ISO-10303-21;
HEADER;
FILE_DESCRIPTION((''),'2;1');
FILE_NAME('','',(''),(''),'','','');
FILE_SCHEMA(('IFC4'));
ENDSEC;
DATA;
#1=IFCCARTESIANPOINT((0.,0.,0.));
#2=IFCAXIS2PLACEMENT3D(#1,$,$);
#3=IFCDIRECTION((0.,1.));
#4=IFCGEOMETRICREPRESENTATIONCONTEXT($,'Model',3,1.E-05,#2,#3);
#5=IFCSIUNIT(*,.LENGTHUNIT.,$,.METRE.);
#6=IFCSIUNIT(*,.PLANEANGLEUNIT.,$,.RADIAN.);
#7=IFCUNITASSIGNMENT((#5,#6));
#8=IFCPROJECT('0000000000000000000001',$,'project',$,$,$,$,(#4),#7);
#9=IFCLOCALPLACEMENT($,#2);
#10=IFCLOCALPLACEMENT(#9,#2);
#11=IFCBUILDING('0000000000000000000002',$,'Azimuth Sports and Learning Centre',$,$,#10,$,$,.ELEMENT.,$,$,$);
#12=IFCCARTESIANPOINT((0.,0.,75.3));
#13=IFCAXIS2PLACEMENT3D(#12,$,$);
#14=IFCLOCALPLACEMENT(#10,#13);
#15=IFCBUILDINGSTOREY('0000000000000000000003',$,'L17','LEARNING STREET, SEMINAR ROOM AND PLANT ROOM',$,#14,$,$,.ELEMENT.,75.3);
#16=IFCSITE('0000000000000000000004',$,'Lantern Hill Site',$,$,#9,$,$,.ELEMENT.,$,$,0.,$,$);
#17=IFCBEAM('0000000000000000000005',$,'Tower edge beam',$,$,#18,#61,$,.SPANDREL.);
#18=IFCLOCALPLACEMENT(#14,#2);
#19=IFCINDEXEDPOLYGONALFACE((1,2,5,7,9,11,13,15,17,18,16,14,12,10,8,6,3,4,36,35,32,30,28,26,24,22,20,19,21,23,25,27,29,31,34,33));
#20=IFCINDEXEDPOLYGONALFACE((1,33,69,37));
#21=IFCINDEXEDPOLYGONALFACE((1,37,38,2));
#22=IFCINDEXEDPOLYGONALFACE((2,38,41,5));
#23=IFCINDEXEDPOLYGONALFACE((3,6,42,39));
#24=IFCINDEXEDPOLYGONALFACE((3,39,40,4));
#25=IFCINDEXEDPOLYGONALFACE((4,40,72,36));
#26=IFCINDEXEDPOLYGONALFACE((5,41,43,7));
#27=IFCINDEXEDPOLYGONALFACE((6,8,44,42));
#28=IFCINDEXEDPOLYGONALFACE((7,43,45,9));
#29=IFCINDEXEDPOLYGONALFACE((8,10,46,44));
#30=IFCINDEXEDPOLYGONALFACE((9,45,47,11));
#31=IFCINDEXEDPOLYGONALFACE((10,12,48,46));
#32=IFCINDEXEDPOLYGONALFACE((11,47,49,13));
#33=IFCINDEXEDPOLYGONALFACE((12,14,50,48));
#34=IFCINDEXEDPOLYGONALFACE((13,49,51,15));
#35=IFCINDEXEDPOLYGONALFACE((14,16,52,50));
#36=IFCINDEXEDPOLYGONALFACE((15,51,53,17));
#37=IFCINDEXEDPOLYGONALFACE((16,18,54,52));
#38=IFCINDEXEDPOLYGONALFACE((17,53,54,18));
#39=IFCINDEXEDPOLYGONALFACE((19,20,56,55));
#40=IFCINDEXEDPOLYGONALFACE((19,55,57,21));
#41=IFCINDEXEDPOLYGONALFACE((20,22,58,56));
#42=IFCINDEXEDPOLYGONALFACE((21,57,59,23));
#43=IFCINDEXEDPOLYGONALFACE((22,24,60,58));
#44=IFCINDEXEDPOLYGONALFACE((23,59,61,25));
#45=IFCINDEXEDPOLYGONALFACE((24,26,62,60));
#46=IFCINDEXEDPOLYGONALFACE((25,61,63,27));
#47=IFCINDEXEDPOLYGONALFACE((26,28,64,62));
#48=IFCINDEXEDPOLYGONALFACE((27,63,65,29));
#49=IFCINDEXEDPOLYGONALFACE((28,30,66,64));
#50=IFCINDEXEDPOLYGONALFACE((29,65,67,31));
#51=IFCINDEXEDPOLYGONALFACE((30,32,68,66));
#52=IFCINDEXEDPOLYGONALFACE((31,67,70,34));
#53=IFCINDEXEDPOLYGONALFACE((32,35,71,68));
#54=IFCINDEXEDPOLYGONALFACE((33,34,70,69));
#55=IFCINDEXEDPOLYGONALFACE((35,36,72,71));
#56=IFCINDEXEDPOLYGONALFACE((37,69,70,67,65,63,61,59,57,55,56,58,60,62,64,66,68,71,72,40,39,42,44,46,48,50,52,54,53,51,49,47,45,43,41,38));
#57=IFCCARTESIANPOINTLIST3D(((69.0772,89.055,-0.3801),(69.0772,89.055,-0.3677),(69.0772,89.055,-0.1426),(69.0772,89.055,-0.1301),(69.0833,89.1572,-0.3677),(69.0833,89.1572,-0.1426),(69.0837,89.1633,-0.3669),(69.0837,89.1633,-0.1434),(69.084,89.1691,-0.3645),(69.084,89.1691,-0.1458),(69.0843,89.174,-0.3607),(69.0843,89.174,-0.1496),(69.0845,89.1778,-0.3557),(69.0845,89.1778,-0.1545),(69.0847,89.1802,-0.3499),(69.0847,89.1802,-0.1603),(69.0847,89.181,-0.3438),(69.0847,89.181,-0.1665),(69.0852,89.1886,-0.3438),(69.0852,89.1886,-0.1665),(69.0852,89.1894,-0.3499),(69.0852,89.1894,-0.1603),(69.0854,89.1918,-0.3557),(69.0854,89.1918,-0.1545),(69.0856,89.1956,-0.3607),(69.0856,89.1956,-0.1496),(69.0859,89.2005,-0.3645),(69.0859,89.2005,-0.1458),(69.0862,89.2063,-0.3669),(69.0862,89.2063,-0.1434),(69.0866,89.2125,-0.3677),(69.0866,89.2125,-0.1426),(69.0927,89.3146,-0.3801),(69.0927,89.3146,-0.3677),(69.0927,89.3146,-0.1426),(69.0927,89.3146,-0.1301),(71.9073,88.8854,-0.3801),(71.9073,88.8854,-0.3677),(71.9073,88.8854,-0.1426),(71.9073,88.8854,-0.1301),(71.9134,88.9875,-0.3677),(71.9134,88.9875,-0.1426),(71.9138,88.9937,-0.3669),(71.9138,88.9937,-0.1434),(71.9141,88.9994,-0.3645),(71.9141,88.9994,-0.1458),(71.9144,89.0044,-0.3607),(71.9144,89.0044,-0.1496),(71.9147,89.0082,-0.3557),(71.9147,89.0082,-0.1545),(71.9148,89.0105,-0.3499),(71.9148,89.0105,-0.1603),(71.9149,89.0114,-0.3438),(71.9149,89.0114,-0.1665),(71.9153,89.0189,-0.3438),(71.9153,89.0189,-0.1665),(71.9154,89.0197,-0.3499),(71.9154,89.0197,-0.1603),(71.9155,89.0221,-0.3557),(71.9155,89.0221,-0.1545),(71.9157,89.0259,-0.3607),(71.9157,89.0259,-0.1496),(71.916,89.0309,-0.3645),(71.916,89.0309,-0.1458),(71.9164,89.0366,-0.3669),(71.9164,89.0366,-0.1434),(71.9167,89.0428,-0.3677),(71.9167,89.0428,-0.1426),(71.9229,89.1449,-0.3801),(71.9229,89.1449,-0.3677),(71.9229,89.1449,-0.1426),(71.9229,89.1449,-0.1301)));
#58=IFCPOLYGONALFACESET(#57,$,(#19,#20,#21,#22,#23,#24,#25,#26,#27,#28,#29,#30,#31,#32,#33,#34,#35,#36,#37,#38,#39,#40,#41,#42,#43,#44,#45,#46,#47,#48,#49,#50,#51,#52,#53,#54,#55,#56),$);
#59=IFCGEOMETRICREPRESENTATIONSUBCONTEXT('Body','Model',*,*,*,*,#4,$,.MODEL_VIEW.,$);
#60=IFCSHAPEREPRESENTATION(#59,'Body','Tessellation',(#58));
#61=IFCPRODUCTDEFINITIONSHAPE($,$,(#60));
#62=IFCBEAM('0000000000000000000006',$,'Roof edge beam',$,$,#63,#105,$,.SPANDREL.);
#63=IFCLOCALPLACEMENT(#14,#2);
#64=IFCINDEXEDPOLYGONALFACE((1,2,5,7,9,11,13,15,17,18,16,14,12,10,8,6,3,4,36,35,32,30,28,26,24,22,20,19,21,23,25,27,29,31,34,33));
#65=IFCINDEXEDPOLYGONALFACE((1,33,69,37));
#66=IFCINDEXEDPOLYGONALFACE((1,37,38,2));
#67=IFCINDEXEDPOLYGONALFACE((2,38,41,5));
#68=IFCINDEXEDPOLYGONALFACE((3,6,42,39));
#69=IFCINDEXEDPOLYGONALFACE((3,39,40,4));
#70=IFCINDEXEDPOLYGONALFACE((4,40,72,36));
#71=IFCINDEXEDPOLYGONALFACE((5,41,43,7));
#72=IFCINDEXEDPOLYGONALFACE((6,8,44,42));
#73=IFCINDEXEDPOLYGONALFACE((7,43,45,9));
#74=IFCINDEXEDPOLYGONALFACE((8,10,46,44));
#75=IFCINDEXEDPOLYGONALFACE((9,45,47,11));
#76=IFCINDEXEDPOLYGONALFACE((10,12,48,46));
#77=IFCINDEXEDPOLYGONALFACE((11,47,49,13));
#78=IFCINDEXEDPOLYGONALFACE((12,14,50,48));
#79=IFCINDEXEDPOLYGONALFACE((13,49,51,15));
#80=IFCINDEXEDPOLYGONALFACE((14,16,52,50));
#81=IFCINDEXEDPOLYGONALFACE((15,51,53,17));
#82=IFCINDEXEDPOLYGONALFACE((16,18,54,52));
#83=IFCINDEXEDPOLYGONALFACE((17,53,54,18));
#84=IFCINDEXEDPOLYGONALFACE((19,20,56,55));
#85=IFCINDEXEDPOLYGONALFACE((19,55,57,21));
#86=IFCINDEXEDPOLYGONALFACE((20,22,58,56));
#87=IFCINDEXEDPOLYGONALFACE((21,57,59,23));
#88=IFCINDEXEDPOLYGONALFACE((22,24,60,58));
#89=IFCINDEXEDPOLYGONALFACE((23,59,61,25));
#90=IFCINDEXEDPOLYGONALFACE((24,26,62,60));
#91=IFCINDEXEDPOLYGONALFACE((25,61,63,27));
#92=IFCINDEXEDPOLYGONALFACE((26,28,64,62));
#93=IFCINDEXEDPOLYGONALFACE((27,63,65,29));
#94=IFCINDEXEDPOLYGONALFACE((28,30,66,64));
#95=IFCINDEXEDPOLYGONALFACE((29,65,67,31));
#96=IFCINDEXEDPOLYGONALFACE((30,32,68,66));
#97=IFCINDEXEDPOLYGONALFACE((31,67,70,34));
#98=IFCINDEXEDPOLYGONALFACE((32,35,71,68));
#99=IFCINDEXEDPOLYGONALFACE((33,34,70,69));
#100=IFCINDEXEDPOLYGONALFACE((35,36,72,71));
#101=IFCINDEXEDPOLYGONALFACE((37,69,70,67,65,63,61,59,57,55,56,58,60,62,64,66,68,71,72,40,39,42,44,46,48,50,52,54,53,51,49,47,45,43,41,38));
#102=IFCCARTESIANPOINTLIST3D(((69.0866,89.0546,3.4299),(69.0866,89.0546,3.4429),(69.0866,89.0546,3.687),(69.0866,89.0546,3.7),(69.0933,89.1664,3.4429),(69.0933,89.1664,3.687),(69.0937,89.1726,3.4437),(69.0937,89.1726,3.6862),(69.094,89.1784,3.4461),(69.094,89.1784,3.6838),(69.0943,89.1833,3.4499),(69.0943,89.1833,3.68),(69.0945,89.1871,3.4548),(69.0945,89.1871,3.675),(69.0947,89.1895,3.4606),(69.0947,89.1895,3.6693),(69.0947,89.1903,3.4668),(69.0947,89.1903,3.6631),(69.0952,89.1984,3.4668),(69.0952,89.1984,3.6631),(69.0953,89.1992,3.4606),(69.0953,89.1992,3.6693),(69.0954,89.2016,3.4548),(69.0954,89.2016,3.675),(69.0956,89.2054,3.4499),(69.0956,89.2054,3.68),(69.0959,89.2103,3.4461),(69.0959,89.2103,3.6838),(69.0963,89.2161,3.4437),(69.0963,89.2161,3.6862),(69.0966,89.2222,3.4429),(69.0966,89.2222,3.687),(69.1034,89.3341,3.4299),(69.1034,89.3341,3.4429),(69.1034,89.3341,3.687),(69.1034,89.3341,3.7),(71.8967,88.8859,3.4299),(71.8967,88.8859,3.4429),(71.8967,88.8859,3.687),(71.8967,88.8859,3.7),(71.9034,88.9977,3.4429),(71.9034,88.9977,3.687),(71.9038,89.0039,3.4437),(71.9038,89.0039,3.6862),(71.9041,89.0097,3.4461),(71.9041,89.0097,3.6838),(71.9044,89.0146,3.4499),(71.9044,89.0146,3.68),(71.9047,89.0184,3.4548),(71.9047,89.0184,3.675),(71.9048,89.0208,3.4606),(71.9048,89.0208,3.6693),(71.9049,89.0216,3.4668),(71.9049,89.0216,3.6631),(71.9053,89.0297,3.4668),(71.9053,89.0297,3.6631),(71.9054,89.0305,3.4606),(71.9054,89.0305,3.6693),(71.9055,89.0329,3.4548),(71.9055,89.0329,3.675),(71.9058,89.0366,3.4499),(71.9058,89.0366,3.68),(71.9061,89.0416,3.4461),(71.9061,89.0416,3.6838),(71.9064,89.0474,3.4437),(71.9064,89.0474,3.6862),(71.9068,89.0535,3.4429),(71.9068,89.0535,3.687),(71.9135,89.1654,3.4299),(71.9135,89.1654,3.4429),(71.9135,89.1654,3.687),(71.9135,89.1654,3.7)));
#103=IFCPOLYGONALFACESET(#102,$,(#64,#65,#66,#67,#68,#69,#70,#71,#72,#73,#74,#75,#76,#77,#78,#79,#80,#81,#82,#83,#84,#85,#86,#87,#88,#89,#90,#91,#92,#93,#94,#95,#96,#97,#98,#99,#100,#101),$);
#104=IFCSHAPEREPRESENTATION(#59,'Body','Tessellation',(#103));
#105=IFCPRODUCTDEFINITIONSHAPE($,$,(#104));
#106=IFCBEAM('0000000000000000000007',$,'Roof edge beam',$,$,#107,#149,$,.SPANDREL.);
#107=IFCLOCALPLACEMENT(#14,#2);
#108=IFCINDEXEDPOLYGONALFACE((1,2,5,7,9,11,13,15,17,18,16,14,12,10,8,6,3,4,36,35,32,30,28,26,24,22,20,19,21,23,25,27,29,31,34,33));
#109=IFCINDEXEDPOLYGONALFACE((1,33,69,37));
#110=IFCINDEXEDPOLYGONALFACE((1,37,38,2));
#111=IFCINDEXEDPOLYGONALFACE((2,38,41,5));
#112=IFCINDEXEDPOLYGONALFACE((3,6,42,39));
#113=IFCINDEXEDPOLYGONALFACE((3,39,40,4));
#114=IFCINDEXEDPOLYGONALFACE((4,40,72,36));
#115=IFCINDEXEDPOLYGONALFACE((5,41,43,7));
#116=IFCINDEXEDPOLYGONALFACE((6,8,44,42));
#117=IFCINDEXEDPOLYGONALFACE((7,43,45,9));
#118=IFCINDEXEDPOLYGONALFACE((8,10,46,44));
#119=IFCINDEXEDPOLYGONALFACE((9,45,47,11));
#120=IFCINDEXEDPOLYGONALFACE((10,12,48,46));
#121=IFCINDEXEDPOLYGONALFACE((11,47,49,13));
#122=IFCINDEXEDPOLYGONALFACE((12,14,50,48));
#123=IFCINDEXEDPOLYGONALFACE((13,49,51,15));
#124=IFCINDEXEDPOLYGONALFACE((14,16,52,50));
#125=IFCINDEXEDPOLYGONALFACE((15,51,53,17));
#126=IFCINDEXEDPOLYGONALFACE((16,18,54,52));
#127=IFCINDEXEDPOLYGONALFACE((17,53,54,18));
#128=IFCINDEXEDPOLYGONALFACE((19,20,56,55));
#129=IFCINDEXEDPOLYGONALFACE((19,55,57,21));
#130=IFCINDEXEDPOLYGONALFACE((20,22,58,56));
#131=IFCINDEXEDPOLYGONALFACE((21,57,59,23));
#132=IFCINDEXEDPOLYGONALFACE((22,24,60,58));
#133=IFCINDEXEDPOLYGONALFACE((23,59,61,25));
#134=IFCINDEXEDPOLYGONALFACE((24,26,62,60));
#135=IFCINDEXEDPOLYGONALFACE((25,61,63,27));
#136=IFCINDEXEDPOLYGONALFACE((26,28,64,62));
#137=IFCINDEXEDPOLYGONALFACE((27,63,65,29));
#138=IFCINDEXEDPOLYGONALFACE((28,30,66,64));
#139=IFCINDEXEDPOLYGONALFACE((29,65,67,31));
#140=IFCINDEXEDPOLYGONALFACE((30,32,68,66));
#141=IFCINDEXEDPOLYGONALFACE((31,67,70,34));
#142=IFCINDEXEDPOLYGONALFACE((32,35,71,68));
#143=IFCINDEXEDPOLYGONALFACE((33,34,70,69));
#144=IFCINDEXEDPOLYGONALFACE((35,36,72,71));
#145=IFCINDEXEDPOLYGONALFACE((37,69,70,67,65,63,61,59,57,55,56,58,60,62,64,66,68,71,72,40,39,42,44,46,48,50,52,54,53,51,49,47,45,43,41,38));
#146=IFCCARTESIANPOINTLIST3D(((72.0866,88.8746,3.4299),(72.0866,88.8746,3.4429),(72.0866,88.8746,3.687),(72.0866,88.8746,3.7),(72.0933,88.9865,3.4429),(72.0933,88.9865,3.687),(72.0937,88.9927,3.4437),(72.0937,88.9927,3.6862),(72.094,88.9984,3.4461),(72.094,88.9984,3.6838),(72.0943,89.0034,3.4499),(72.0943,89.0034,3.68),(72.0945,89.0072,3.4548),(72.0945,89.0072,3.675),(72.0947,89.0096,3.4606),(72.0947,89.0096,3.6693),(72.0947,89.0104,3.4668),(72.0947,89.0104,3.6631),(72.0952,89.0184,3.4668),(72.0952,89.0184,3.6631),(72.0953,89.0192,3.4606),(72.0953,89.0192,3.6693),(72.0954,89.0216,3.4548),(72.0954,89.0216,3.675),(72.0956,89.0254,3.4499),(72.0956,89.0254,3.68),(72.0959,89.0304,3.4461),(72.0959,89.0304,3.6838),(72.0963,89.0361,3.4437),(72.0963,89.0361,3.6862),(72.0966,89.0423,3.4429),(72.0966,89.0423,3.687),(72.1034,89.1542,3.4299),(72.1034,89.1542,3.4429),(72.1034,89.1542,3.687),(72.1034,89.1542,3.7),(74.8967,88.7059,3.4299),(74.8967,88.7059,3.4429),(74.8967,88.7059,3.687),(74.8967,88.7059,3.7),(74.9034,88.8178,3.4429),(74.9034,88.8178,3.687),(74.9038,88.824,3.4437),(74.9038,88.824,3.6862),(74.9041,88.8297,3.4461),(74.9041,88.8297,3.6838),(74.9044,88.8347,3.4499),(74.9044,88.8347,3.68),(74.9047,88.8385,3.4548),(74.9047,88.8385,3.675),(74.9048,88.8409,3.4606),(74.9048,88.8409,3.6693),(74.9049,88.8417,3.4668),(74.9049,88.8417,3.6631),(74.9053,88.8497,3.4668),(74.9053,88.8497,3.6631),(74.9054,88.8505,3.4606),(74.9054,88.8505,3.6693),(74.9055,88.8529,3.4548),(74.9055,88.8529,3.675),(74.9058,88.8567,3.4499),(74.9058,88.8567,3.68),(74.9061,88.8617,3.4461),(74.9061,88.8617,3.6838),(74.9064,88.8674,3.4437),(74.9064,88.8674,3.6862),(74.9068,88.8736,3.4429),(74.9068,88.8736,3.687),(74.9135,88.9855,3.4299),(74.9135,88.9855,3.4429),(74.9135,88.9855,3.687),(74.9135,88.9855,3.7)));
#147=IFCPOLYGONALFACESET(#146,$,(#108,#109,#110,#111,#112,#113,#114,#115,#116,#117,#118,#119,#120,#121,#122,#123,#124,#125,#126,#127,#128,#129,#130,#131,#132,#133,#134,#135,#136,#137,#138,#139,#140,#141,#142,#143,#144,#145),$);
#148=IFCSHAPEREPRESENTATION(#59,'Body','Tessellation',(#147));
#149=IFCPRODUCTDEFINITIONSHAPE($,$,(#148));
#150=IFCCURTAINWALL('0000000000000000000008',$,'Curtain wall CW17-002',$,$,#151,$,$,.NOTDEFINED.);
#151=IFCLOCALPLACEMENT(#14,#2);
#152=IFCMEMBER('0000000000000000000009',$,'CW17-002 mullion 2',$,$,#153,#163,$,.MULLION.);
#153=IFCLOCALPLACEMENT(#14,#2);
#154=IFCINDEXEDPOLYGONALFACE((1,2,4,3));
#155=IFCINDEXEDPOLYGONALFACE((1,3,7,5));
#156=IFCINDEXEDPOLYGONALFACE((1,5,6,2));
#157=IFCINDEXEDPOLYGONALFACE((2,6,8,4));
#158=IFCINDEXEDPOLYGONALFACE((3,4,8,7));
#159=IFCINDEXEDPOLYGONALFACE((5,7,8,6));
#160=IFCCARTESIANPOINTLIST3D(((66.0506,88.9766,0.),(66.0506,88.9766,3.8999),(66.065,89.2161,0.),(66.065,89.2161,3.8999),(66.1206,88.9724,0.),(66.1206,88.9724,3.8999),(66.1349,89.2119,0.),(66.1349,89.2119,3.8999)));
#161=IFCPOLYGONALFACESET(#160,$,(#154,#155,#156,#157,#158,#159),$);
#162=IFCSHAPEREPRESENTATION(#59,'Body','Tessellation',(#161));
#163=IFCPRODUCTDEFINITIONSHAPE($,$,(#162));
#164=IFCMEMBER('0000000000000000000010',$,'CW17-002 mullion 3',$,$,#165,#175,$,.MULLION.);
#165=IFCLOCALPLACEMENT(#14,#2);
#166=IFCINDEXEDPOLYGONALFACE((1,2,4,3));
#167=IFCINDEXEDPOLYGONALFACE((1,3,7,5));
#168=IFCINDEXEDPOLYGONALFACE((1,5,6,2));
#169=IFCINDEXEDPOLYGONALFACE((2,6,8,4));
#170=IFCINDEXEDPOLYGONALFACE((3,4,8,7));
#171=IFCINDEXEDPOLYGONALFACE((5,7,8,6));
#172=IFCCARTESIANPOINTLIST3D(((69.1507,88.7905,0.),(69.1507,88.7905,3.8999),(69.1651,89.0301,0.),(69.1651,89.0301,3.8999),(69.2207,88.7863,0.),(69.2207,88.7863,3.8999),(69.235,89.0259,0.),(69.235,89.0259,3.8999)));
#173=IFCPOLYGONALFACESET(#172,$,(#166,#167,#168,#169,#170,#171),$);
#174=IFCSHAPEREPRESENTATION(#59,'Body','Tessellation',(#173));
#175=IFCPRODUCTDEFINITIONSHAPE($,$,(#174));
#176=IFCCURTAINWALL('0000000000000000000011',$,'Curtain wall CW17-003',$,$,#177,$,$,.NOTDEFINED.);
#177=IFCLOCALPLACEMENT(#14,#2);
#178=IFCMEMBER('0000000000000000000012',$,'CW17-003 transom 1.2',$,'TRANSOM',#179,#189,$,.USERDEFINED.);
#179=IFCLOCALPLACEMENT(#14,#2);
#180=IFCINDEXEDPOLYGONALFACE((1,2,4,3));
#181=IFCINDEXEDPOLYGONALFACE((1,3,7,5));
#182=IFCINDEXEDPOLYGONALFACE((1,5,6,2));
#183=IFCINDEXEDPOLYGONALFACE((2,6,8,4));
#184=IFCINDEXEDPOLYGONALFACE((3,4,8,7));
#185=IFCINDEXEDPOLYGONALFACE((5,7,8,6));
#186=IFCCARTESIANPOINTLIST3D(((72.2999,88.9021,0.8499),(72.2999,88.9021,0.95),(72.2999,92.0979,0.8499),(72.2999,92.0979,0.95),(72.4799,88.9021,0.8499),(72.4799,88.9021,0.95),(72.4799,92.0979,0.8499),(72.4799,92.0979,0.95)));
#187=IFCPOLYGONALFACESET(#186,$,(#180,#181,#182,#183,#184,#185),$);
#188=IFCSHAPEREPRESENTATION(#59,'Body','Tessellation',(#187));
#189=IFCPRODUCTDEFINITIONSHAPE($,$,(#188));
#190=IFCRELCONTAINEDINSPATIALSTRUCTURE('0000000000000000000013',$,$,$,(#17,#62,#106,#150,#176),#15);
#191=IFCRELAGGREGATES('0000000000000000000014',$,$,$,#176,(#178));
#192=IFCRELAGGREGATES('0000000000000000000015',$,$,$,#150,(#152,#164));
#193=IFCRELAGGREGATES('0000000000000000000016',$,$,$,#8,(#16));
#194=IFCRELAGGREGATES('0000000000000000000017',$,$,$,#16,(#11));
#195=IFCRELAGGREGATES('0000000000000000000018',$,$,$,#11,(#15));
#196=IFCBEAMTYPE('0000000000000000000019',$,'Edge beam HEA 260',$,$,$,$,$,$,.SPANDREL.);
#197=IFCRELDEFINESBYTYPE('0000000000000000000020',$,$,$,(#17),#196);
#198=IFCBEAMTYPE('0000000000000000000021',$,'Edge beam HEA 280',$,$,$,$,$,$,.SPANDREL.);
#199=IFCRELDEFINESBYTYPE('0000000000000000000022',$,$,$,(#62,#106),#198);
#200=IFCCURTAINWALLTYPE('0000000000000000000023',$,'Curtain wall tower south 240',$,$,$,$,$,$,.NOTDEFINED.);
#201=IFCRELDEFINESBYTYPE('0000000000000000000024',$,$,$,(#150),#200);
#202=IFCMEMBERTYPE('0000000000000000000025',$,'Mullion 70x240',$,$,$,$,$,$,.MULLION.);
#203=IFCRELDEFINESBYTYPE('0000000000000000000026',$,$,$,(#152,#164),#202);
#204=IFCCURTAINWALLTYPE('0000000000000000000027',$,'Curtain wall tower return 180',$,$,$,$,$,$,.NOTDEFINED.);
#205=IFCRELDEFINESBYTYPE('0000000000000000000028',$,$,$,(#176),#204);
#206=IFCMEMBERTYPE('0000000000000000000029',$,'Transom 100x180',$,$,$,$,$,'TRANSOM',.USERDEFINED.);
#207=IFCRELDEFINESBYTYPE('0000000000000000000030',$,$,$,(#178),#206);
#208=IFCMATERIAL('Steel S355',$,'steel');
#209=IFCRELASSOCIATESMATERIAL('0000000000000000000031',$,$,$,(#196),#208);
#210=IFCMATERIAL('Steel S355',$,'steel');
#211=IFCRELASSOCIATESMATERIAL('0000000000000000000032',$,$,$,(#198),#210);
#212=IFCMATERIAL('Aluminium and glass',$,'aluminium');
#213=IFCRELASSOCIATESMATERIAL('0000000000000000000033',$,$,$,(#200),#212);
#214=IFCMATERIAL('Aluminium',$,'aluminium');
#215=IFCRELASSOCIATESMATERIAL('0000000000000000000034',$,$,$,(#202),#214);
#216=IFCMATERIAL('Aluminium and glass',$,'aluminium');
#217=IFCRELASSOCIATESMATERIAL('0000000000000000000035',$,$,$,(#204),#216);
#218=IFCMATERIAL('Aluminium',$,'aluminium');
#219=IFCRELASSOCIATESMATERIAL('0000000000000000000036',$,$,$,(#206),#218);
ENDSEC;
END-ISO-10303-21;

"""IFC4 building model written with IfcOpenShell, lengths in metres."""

from ifc_helpers import new_model, si_unit, direction, frame, origin, origin_2d, place, context, subcontext, project, spatial, rectangle, i_section, extrude, material, material_profile, profile_set, type_object, element, aggregate, save


model = new_model("IFC4")

# Units and contexts
model_context = context("Model", 3, precision=1e-05, world=origin(), true_north=direction((0.0, 1.0)))
body_context = subcontext(model_context, "Body", "Model", "MODEL_VIEW")
ifc_project = project(units=[si_unit("LENGTHUNIT", "METRE"), si_unit("PLANEANGLEUNIT", "RADIAN")], contexts=[model_context])

# Site, building, storey
site_placement = place(None, origin())
site = spatial("IfcSite", under=ifc_project, at=site_placement, Name="Lantern Hill Site", CompositionType="ELEMENT", RefElevation=0.0)
building_placement = place(site_placement, origin())
building = spatial("IfcBuilding", under=site, at=building_placement, Name="Azimuth Sports and Learning Centre", CompositionType="ELEMENT")
storey_placement = place(building_placement, frame((0.0, 0.0, 75.3)))
storey = spatial("IfcBuildingStorey", under=building, at=storey_placement, Name="L17", Description="LEARNING STREET, SEMINAR ROOM AND PLANT ROOM", CompositionType="ELEMENT", Elevation=75.3)

# Beams
ifc_material_1 = material(Name="Steel S355", Category="steel")
ifc_material_profile_1 = material_profile(ifc_material_1, i_section(OverallWidth=0.26, OverallDepth=0.25, WebThickness=0.0076, FlangeThickness=0.0125, FilletRadius=0.0239, at=origin_2d()), Name="HEA 260")
ifc_profile_set_1 = profile_set([ifc_material_profile_1], Name="Steel S355")
beam_type_1 = type_object("IfcBeamType", Name="Edge beam HEA 260", PredefinedType="SPANDREL", material=ifc_profile_set_1)
beam_placement = place(storey_placement, frame((69.085, 89.1848, -0.2551), z_axis=(0.998208, -0.059848, 0.0), x_axis=(0.059848, 0.998208, 0.0)))
element("IfcBeam", 1, at=beam_placement, inside=storey, type_object=beam_type_1, Name="Tower edge beam", PredefinedType="SPANDREL", context=body_context, shape_type="SweptSolid", body=[
    extrude(i_section(OverallWidth=0.26, OverallDepth=0.25, WebThickness=0.0076, FlangeThickness=0.0125, FilletRadius=0.0239, at=origin_2d()), origin(), (0.0, 0.0, 1.0), 2.8352),
])
ifc_material_2 = material(Name="Steel S355", Category="steel")
ifc_material_profile_2 = material_profile(ifc_material_2, i_section(OverallWidth=0.28, OverallDepth=0.27, WebThickness=0.0081, FlangeThickness=0.0129, FilletRadius=0.0239, at=origin_2d()), Name="HEA 280")
ifc_profile_set_2 = profile_set([ifc_material_profile_2], Name="Steel S355")
beam_type_2 = type_object("IfcBeamType", Name="Edge beam HEA 280", PredefinedType="SPANDREL", material=ifc_profile_set_2)
for number, where, z_axis, x_axis, name in (
    (2, (69.095, 89.1943, 3.5649), (0.998203, -0.059927, 0.0), (0.059927, 0.998203, 0.0), "Roof edge beam"),
    (3, (72.095, 89.0144, 3.5649), (0.998203, -0.059927, 0.0), (0.059927, 0.998203, 0.0), "Roof edge beam"),
):
    element("IfcBeam", number, at=place(storey_placement, frame(where, z_axis=z_axis, x_axis=x_axis)), inside=storey, type_object=beam_type_2, Name=name, PredefinedType="SPANDREL", context=body_context, shape_type="SweptSolid", body=[
        extrude(i_section(OverallWidth=0.28, OverallDepth=0.27, WebThickness=0.0081, FlangeThickness=0.0129, FilletRadius=0.0239, at=origin_2d()), origin(), (0.0, 0.0, 1.0), 2.8152),
    ])

# Curtain walls, members
ifc_material_3 = material(Name="Aluminium and glass", Category="aluminium")
curtain_wall_type_1 = type_object("IfcCurtainWallType", Name="Curtain wall tower south 240", PredefinedType="NOTDEFINED", material=ifc_material_3)
curtain_wall_1_placement = place(storey_placement, origin())
curtain_wall_1 = element("IfcCurtainWall", 4, at=curtain_wall_1_placement, inside=storey, type_object=curtain_wall_type_1, Name="Curtain wall CW17-002", PredefinedType="NOTDEFINED")
ifc_material_4 = material(Name="Aluminium", Category="aluminium")
ifc_material_profile_3 = material_profile(ifc_material_4, rectangle(XDim=0.24, YDim=0.0701, at=origin_2d()), Name="Mullion 70x240")
ifc_profile_set_3 = profile_set([ifc_material_profile_3], Name="Aluminium")
member_type_1 = type_object("IfcMemberType", Name="Mullion 70x240", PredefinedType="MULLION", material=ifc_profile_set_3)
member_1_placement = place(storey_placement, frame((66.0928, 89.0942, 0.0), z_axis=(0.0, 0.0, 1.0), x_axis=(0.059892, 0.998205, 0.0)))
member_1 = element("IfcMember", 5, at=member_1_placement, type_object=member_type_1, Name="CW17-002 mullion 2", PredefinedType="MULLION", context=body_context, shape_type="SweptSolid", body=[
    extrude(rectangle(XDim=0.24, YDim=0.0701, at=origin_2d()), origin(), (0.0, 0.0, 1.0), 3.8999),
])
member_2_placement = place(storey_placement, frame((69.1929, 88.9082, 0.0), z_axis=(0.0, 0.0, 1.0), x_axis=(0.059892, 0.998205, 0.0)))
member_2 = element("IfcMember", 6, at=member_2_placement, type_object=member_type_1, Name="CW17-002 mullion 3", PredefinedType="MULLION", context=body_context, shape_type="SweptSolid", body=[
    extrude(rectangle(XDim=0.24, YDim=0.0701, at=origin_2d()), origin(), (0.0, 0.0, 1.0), 3.8999),
])
ifc_material_5 = material(Name="Aluminium and glass", Category="aluminium")
curtain_wall_type_2 = type_object("IfcCurtainWallType", Name="Curtain wall tower return 180", PredefinedType="NOTDEFINED", material=ifc_material_5)
curtain_wall_2_placement = place(storey_placement, origin())
curtain_wall_2 = element("IfcCurtainWall", 7, at=curtain_wall_2_placement, inside=storey, type_object=curtain_wall_type_2, Name="Curtain wall CW17-003", PredefinedType="NOTDEFINED")
ifc_material_6 = material(Name="Aluminium", Category="aluminium")
ifc_material_profile_4 = material_profile(ifc_material_6, rectangle(XDim=0.1799, YDim=0.1001, at=origin_2d()), Name="Transom 100x180")
ifc_profile_set_4 = profile_set([ifc_material_profile_4], Name="Aluminium")
member_type_2 = type_object("IfcMemberType", Name="Transom 100x180", ElementType="TRANSOM", PredefinedType="USERDEFINED", material=ifc_profile_set_4)
member_3_placement = place(storey_placement, frame((72.3899, 88.9021, 0.8999), z_axis=(0.0, 1.0, 0.0), x_axis=(-1.0, 0.0, 0.0)))
member_3 = element("IfcMember", 8, at=member_3_placement, type_object=member_type_2, Name="CW17-003 transom 1.2", ObjectType="TRANSOM", PredefinedType="USERDEFINED", context=body_context, shape_type="SweptSolid", body=[
    extrude(rectangle(XDim=0.1799, YDim=0.1001, at=origin_2d()), origin(), (0.0, 0.0, 1.0), 3.1958),
])
aggregate(curtain_wall_2, [member_3])

aggregate(curtain_wall_1, [member_1, member_2])

save(model, "model.ifc")
